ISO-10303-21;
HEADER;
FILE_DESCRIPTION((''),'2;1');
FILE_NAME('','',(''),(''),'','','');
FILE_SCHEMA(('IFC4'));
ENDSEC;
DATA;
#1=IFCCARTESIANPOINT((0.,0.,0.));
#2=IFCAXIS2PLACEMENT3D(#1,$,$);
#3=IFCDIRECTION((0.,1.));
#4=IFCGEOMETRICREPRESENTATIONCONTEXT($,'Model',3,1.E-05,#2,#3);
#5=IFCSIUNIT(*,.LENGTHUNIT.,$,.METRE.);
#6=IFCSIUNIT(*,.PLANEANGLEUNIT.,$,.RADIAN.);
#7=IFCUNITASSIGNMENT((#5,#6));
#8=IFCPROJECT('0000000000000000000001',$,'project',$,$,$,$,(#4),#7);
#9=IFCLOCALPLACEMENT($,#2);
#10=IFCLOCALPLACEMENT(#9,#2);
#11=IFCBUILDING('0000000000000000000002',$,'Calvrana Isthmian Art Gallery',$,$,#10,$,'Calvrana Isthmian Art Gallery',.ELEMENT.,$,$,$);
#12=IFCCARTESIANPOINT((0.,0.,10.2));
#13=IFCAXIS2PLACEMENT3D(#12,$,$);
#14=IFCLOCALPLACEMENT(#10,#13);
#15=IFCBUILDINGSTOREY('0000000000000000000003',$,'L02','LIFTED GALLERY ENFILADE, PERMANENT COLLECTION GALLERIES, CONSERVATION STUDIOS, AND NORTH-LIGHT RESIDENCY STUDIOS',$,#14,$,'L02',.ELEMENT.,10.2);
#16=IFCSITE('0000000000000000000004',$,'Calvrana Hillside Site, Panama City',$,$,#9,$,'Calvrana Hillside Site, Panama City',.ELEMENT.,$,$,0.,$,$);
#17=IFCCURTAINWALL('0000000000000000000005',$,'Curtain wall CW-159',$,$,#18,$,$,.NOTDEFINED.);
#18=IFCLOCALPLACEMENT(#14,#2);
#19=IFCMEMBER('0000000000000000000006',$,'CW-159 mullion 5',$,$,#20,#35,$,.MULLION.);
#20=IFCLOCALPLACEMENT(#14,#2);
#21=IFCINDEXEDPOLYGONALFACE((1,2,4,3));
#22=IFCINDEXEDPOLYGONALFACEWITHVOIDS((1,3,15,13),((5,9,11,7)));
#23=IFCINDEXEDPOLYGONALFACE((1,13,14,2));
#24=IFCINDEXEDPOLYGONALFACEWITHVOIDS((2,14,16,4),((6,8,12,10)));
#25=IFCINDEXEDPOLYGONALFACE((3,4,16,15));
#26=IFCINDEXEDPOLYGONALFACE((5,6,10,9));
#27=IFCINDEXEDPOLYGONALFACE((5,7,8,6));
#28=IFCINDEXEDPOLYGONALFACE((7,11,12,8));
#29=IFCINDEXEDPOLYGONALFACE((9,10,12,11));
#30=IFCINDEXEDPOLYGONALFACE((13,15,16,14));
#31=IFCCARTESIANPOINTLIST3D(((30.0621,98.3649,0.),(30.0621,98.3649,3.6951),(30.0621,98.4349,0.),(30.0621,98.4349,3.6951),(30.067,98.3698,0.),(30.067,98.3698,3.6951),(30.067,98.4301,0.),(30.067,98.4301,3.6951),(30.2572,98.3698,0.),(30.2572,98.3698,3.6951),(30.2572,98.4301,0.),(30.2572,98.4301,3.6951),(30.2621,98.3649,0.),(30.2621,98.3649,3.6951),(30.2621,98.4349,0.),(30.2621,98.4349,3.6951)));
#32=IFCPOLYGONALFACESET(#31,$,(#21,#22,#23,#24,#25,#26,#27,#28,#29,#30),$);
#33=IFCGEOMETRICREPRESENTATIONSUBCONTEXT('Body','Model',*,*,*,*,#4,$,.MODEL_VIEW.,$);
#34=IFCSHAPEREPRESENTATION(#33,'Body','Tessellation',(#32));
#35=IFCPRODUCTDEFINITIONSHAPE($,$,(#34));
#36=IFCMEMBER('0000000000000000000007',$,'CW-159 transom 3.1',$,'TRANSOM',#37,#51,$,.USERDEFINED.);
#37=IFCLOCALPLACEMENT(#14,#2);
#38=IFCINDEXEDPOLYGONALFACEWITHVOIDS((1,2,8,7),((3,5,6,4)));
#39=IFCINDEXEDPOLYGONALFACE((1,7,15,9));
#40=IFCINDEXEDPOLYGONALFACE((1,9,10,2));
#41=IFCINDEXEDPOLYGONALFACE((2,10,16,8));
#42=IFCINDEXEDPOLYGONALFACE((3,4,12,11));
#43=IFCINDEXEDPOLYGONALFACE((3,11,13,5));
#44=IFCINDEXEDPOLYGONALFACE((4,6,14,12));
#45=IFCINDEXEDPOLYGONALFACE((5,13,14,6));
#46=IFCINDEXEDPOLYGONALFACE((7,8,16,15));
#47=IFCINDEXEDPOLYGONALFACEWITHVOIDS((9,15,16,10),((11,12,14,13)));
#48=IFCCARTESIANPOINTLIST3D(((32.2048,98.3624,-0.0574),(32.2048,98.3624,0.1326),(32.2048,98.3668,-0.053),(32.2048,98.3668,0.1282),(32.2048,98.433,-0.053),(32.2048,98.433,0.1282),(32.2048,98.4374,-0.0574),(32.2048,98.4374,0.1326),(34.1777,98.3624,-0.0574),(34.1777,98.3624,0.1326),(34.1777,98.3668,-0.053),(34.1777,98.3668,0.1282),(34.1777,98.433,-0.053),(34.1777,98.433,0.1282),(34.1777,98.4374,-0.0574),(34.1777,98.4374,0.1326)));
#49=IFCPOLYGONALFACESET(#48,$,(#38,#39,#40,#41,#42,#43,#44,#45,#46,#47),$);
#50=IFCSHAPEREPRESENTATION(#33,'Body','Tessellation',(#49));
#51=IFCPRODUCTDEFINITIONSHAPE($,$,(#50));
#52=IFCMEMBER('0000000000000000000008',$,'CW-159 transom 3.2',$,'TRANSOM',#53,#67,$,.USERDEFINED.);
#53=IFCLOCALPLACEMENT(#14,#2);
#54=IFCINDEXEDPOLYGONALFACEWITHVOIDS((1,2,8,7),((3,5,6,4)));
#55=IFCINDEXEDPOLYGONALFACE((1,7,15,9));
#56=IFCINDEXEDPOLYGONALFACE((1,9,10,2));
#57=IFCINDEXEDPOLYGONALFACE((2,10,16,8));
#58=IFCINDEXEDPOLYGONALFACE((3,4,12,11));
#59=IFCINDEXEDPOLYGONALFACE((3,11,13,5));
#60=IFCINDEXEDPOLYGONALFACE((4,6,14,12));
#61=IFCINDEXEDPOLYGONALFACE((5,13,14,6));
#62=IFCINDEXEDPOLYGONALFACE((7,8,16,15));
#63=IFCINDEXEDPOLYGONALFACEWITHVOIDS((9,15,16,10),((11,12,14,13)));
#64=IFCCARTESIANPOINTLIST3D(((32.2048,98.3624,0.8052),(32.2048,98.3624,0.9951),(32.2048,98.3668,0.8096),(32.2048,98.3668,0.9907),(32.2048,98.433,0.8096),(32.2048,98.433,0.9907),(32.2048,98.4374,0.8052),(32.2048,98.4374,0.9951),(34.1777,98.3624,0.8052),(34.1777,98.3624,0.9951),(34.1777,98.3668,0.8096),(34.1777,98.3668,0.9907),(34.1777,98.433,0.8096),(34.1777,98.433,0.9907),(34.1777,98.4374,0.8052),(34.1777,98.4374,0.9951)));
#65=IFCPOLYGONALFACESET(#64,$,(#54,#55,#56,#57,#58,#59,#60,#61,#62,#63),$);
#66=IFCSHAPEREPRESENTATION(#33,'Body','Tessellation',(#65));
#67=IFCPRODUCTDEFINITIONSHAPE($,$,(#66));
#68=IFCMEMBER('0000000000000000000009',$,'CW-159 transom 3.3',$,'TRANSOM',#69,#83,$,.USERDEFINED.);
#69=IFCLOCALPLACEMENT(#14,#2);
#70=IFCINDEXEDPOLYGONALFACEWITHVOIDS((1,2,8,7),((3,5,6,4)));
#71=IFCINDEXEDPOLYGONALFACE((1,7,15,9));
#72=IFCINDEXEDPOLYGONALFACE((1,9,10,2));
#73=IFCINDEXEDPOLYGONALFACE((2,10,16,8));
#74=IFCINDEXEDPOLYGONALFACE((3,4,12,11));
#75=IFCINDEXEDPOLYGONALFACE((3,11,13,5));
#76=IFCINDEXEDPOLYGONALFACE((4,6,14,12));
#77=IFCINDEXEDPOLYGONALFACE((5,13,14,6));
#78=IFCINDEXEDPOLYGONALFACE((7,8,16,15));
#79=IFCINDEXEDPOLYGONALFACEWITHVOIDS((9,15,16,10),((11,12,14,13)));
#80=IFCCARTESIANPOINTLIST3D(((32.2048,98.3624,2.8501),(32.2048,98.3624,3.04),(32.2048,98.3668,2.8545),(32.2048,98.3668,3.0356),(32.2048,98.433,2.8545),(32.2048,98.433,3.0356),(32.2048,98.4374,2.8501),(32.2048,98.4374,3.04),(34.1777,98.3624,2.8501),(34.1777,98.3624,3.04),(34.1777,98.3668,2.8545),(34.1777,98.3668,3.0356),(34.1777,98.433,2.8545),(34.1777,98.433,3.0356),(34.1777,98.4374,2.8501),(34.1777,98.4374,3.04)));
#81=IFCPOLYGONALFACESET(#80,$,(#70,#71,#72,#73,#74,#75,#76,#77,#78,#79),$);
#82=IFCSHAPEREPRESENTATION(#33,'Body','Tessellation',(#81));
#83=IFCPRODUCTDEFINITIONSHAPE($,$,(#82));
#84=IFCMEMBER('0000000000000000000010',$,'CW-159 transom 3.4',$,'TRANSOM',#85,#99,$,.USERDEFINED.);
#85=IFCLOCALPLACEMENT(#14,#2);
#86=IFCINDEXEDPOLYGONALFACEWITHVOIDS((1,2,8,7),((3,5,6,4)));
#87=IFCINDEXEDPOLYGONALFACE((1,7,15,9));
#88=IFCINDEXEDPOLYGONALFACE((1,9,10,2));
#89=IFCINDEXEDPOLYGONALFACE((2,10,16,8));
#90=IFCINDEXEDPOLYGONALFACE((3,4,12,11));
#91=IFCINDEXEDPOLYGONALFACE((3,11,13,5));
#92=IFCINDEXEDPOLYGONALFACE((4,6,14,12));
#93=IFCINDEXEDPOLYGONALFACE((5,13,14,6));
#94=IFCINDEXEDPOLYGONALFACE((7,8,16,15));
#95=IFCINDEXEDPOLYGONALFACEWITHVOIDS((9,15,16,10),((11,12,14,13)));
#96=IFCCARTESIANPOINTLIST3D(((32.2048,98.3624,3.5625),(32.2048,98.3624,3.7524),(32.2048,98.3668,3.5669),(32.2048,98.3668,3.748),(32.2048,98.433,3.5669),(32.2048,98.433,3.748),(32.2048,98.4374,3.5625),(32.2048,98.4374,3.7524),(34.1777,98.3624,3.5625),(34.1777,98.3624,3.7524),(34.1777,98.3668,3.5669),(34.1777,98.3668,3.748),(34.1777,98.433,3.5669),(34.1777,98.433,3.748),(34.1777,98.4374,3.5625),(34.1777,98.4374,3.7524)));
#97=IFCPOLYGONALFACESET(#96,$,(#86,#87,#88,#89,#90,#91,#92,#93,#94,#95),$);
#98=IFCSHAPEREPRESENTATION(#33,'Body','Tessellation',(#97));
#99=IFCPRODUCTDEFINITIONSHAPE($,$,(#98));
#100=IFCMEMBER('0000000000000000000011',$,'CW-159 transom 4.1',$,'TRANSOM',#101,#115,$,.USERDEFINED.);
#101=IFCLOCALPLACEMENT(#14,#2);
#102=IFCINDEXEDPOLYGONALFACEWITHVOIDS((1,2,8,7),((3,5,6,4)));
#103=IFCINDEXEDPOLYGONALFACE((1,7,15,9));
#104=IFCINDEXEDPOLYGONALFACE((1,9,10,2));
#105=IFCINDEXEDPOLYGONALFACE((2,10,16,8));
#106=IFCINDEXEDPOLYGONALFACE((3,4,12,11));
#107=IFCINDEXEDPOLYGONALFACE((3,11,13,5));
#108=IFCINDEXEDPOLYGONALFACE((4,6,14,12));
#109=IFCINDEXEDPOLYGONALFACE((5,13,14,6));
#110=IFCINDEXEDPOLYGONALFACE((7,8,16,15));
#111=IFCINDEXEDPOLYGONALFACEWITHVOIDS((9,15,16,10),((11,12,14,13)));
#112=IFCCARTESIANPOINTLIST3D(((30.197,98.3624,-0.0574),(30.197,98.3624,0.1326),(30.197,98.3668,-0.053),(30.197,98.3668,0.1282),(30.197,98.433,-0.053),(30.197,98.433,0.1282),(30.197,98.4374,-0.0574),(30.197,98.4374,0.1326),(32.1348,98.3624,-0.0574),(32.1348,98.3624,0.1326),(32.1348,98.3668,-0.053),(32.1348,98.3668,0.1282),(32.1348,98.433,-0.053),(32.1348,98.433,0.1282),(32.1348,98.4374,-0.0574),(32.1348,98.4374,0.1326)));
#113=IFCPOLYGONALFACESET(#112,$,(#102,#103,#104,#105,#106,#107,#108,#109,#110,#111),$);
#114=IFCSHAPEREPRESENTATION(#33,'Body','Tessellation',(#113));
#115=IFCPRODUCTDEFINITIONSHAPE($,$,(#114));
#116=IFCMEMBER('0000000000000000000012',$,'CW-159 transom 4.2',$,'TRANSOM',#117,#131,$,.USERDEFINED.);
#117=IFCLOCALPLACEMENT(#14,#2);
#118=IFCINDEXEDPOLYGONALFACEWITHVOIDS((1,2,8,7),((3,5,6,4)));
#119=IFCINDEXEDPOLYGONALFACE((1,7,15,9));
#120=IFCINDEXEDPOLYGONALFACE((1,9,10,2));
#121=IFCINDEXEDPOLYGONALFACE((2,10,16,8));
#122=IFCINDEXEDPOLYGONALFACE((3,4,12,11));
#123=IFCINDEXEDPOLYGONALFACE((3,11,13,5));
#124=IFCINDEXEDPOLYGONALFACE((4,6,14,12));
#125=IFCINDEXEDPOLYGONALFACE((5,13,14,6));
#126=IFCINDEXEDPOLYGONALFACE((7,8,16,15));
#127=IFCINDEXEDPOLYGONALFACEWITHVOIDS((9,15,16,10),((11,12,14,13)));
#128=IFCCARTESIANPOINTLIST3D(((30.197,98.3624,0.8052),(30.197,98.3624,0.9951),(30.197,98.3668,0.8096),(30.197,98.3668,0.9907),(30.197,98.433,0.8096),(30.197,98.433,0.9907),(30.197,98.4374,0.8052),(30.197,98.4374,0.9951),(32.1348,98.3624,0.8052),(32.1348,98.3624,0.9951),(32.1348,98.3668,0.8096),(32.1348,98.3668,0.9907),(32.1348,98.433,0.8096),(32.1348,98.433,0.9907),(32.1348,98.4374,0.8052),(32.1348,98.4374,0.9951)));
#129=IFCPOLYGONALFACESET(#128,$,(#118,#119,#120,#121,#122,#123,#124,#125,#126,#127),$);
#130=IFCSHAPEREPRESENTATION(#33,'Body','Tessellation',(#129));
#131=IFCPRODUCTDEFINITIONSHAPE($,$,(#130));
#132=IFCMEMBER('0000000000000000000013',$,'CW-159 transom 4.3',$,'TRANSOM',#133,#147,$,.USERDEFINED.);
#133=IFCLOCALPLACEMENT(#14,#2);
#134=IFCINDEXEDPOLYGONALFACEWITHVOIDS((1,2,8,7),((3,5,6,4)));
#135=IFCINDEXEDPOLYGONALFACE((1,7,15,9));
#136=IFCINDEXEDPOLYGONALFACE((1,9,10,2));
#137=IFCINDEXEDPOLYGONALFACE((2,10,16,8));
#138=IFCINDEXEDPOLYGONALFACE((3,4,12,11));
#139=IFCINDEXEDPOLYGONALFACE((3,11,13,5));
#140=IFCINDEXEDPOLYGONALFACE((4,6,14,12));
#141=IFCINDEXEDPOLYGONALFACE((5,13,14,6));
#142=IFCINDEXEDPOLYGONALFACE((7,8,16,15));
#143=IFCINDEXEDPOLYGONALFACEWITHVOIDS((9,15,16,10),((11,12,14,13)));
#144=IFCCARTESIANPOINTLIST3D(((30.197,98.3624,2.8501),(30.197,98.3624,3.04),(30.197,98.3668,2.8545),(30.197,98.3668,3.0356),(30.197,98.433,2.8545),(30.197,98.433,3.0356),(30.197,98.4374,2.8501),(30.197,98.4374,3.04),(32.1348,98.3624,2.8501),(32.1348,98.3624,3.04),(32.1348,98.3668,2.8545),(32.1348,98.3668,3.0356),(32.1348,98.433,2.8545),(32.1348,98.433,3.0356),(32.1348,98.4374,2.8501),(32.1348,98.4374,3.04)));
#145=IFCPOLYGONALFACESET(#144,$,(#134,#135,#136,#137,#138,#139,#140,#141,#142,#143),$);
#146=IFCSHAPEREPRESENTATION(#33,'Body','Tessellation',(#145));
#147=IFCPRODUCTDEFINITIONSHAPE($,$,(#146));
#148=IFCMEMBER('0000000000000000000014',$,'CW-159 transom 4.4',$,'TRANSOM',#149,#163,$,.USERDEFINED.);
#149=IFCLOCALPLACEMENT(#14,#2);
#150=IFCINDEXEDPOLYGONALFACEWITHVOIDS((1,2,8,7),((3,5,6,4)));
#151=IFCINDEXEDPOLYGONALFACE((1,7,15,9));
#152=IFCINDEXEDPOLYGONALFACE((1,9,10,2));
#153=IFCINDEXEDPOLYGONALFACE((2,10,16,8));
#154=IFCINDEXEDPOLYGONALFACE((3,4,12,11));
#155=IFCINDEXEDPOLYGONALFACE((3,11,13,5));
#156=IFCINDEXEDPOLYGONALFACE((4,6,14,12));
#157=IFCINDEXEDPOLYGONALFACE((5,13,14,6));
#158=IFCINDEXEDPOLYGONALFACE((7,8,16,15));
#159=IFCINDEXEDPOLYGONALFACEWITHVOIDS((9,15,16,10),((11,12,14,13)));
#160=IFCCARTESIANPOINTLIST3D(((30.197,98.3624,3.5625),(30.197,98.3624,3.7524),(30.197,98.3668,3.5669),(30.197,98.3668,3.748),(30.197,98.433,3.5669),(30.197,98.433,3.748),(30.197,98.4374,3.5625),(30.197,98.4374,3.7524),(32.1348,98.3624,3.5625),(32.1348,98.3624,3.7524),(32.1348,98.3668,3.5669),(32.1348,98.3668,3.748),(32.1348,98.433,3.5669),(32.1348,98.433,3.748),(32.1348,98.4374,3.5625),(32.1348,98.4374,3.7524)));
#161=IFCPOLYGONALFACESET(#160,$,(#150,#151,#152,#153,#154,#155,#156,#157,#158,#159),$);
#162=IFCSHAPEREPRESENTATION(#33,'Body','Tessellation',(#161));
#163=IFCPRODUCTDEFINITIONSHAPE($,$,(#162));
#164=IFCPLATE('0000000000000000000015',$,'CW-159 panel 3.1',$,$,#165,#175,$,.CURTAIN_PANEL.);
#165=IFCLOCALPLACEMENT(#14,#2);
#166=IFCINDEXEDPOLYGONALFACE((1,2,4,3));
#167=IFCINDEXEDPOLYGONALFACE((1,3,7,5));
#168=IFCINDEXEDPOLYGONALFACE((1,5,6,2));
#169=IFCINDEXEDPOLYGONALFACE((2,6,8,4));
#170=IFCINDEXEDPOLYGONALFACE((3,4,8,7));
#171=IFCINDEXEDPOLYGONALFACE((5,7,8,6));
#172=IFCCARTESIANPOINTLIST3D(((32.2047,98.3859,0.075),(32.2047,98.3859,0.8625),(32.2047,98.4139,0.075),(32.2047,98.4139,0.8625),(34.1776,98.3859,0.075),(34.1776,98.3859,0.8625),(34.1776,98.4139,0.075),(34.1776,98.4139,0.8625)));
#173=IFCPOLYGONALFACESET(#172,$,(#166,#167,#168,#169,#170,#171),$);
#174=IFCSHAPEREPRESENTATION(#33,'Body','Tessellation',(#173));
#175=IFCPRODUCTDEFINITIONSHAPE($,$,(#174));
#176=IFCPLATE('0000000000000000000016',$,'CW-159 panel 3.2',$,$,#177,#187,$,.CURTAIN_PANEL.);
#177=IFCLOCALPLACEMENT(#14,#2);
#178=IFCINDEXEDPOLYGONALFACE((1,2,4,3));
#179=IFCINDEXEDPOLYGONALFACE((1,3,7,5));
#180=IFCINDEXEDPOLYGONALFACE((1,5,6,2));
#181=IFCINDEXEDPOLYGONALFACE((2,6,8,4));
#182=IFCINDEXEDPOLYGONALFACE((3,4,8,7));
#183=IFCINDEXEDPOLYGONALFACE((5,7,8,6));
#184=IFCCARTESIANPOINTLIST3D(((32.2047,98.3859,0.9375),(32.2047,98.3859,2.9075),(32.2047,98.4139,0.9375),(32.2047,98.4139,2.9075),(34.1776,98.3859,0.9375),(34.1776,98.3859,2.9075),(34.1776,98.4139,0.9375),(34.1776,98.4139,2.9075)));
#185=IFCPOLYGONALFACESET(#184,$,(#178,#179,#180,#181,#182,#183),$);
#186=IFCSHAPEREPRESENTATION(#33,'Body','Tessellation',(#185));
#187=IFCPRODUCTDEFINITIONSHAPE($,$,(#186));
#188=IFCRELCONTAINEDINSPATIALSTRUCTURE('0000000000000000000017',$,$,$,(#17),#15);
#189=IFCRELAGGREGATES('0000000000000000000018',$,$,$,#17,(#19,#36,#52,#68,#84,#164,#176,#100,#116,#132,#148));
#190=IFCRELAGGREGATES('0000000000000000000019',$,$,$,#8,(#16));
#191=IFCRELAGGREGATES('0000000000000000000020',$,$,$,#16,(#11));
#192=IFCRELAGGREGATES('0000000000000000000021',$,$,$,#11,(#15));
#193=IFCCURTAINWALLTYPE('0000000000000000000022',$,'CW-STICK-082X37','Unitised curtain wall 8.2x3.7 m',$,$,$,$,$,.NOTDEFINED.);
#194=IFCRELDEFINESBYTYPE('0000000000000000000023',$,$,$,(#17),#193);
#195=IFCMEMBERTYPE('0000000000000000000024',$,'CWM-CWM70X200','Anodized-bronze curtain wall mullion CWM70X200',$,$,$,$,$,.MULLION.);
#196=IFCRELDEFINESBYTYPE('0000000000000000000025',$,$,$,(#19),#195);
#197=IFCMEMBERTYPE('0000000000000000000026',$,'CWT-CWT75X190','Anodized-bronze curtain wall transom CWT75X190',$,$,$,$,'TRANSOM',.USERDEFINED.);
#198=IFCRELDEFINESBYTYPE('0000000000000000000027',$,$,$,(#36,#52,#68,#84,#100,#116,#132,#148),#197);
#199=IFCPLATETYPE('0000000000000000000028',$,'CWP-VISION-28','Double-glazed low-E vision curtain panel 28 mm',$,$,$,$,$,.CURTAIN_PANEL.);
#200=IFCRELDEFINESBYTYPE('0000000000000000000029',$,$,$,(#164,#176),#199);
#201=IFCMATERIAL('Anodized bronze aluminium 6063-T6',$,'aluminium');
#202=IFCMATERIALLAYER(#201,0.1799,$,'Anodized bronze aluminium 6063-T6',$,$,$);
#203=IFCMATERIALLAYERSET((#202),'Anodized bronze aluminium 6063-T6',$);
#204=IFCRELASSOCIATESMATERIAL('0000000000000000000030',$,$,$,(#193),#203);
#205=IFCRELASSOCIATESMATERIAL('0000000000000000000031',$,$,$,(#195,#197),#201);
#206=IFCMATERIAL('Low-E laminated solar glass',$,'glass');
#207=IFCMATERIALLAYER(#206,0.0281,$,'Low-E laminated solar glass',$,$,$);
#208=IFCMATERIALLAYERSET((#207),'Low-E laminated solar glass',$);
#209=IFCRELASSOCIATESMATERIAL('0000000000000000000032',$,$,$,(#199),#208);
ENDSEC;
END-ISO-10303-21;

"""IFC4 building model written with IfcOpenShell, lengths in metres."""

from ifc_helpers import new_model, si_unit, direction, frame, origin, origin_2d, place, context, subcontext, project, spatial, rectangle, hollow_rectangle, extrude, material, layer, layer_set, material_profile, profile_set, type_object, element, aggregate, save


model = new_model("IFC4")

# Units and contexts
model_context = context("Model", 3, precision=1e-05, world=origin(), true_north=direction((0.0, 1.0)))
body_context = subcontext(model_context, "Body", "Model", "MODEL_VIEW")
ifc_project = project(units=[si_unit("LENGTHUNIT", "METRE"), si_unit("PLANEANGLEUNIT", "RADIAN")], contexts=[model_context])

# Site, building, storey
site_placement = place(None, origin())
site = spatial("IfcSite", under=ifc_project, at=site_placement, Name="Calvrana Hillside Site, Panama City", LongName="Calvrana Hillside Site, Panama City", CompositionType="ELEMENT", RefElevation=0.0)
building_placement = place(site_placement, origin())
building = spatial("IfcBuilding", under=site, at=building_placement, Name="Calvrana Isthmian Art Gallery", LongName="Calvrana Isthmian Art Gallery", CompositionType="ELEMENT")
storey_placement = place(building_placement, frame((0.0, 0.0, 10.2)))
storey = spatial("IfcBuildingStorey", under=building, at=storey_placement, Name="L02", Description="LIFTED GALLERY ENFILADE, PERMANENT COLLECTION GALLERIES, CONSERVATION STUDIOS, AND NORTH-LIGHT RESIDENCY STUDIOS", LongName="L02", CompositionType="ELEMENT", Elevation=10.2)

# Curtain wall, members, plates
ifc_material_1 = material(Name="Anodized bronze aluminium 6063-T6", Category="aluminium")
ifc_layer_1 = layer(ifc_material_1, 0.1799, Name="Anodized bronze aluminium 6063-T6")
ifc_layer_set_1 = layer_set([ifc_layer_1], Name="Anodized bronze aluminium 6063-T6")
curtain_wall_type = type_object("IfcCurtainWallType", Name="CW-STICK-082X37", Description="Unitised curtain wall 8.2x3.7 m", PredefinedType="NOTDEFINED", material=ifc_layer_set_1)
curtain_wall_placement = place(storey_placement, origin())
curtain_wall = element("IfcCurtainWall", 1, at=curtain_wall_placement, inside=storey, type_object=curtain_wall_type, Name="Curtain wall CW-159", PredefinedType="NOTDEFINED")
ifc_material_profile_1 = material_profile(ifc_material_1, hollow_rectangle(XDim=0.0701, YDim=0.2, WallThickness=0.0049, at=origin_2d()), Name="CWM70X200")
ifc_profile_set_1 = profile_set([ifc_material_profile_1], Name="Anodized bronze aluminium 6063-T6")
member_type_1 = type_object("IfcMemberType", Name="CWM-CWM70X200", Description="Anodized-bronze curtain wall mullion CWM70X200", PredefinedType="MULLION", material=ifc_profile_set_1)
member_1_placement = place(storey_placement, frame((30.1621, 98.3999, 0.0), z_axis=(0.0, 0.0, 1.0), x_axis=(0.0, -1.0, 0.0)))
member_1 = element("IfcMember", 2, at=member_1_placement, type_object=member_type_1, Name="CW-159 mullion 5", PredefinedType="MULLION", context=body_context, shape_type="SweptSolid", body=[
    extrude(hollow_rectangle(XDim=0.0701, YDim=0.2, WallThickness=0.0049, at=origin_2d()), origin(), (0.0, 0.0, 1.0), 3.6951),
])
ifc_material_profile_2 = material_profile(ifc_material_1, hollow_rectangle(XDim=0.075, YDim=0.1899, WallThickness=0.0044, at=origin_2d()), Name="CWT75X190")
ifc_profile_set_2 = profile_set([ifc_material_profile_2], Name="Anodized bronze aluminium 6063-T6")
member_type_2 = type_object("IfcMemberType", Name="CWT-CWT75X190", Description="Anodized-bronze curtain wall transom CWT75X190", ElementType="TRANSOM", PredefinedType="USERDEFINED", material=ifc_profile_set_2)
member_2_placement = place(storey_placement, frame((34.1777, 98.3999, 0.0376), z_axis=(-1.0, 0.0, 0.0), x_axis=(0.0, -1.0, 0.0)))
member_2 = element("IfcMember", 3, at=member_2_placement, type_object=member_type_2, Name="CW-159 transom 3.1", ObjectType="TRANSOM", PredefinedType="USERDEFINED", context=body_context, shape_type="SweptSolid", body=[
    extrude(hollow_rectangle(XDim=0.075, YDim=0.1899, WallThickness=0.0044, at=origin_2d()), origin(), (0.0, 0.0, 1.0), 1.9729),
])
member_3_placement = place(storey_placement, frame((34.1777, 98.3999, 0.9001), z_axis=(-1.0, 0.0, 0.0), x_axis=(0.0, -1.0, 0.0)))
member_3 = element("IfcMember", 4, at=member_3_placement, type_object=member_type_2, Name="CW-159 transom 3.2", ObjectType="TRANSOM", PredefinedType="USERDEFINED", context=body_context, shape_type="SweptSolid", body=[
    extrude(hollow_rectangle(XDim=0.075, YDim=0.1899, WallThickness=0.0044, at=origin_2d()), origin(), (0.0, 0.0, 1.0), 1.9729),
])
member_4_placement = place(storey_placement, frame((34.1777, 98.3999, 2.9451), z_axis=(-1.0, 0.0, 0.0), x_axis=(0.0, -1.0, 0.0)))
member_4 = element("IfcMember", 5, at=member_4_placement, type_object=member_type_2, Name="CW-159 transom 3.3", ObjectType="TRANSOM", PredefinedType="USERDEFINED", context=body_context, shape_type="SweptSolid", body=[
    extrude(hollow_rectangle(XDim=0.075, YDim=0.1899, WallThickness=0.0044, at=origin_2d()), origin(), (0.0, 0.0, 1.0), 1.9729),
])
member_5_placement = place(storey_placement, frame((34.1777, 98.3999, 3.6575), z_axis=(-1.0, 0.0, 0.0), x_axis=(0.0, -1.0, 0.0)))
member_5 = element("IfcMember", 6, at=member_5_placement, type_object=member_type_2, Name="CW-159 transom 3.4", ObjectType="TRANSOM", PredefinedType="USERDEFINED", context=body_context, shape_type="SweptSolid", body=[
    extrude(hollow_rectangle(XDim=0.075, YDim=0.1899, WallThickness=0.0044, at=origin_2d()), origin(), (0.0, 0.0, 1.0), 1.9729),
])
member_6_placement = place(storey_placement, frame((32.1348, 98.3999, 0.0376), z_axis=(-1.0, 0.0, 0.0), x_axis=(0.0, -1.0, 0.0)))
member_6 = element("IfcMember", 7, at=member_6_placement, type_object=member_type_2, Name="CW-159 transom 4.1", ObjectType="TRANSOM", PredefinedType="USERDEFINED", context=body_context, shape_type="SweptSolid", body=[
    extrude(hollow_rectangle(XDim=0.075, YDim=0.1899, WallThickness=0.0044, at=origin_2d()), origin(), (0.0, 0.0, 1.0), 1.9377),
])
member_7_placement = place(storey_placement, frame((32.1348, 98.3999, 0.9001), z_axis=(-1.0, 0.0, 0.0), x_axis=(0.0, -1.0, 0.0)))
member_7 = element("IfcMember", 8, at=member_7_placement, type_object=member_type_2, Name="CW-159 transom 4.2", ObjectType="TRANSOM", PredefinedType="USERDEFINED", context=body_context, shape_type="SweptSolid", body=[
    extrude(hollow_rectangle(XDim=0.075, YDim=0.1899, WallThickness=0.0044, at=origin_2d()), origin(), (0.0, 0.0, 1.0), 1.9377),
])
member_8_placement = place(storey_placement, frame((32.1348, 98.3999, 2.9451), z_axis=(-1.0, 0.0, 0.0), x_axis=(0.0, -1.0, 0.0)))
member_8 = element("IfcMember", 9, at=member_8_placement, type_object=member_type_2, Name="CW-159 transom 4.3", ObjectType="TRANSOM", PredefinedType="USERDEFINED", context=body_context, shape_type="SweptSolid", body=[
    extrude(hollow_rectangle(XDim=0.075, YDim=0.1899, WallThickness=0.0044, at=origin_2d()), origin(), (0.0, 0.0, 1.0), 1.9377),
])
member_9_placement = place(storey_placement, frame((32.1348, 98.3999, 3.6575), z_axis=(-1.0, 0.0, 0.0), x_axis=(0.0, -1.0, 0.0)))
member_9 = element("IfcMember", 10, at=member_9_placement, type_object=member_type_2, Name="CW-159 transom 4.4", ObjectType="TRANSOM", PredefinedType="USERDEFINED", context=body_context, shape_type="SweptSolid", body=[
    extrude(hollow_rectangle(XDim=0.075, YDim=0.1899, WallThickness=0.0044, at=origin_2d()), origin(), (0.0, 0.0, 1.0), 1.9377),
])
ifc_material_2 = material(Name="Low-E laminated solar glass", Category="glass")
ifc_layer_2 = layer(ifc_material_2, 0.0281, Name="Low-E laminated solar glass")
ifc_layer_set_2 = layer_set([ifc_layer_2], Name="Low-E laminated solar glass")
plate_type_1 = type_object("IfcPlateType", Name="CWP-VISION-28", Description="Double-glazed low-E vision curtain panel 28 mm", PredefinedType="CURTAIN_PANEL", material=ifc_layer_set_2)
plate_1_placement = place(storey_placement, frame((33.1912, 98.3999, 0.075), z_axis=(0.0, 0.0, 1.0), x_axis=(-1.0, 0.0, 0.0)))
plate_1 = element("IfcPlate", 11, at=plate_1_placement, type_object=plate_type_1, Name="CW-159 panel 3.1", PredefinedType="CURTAIN_PANEL", context=body_context, shape_type="SweptSolid", body=[
    extrude(rectangle(XDim=1.9729, YDim=0.0281, at=origin_2d()), origin(), (0.0, 0.0, 1.0), 0.7876),
])
plate_2_placement = place(storey_placement, frame((33.1912, 98.3999, 0.9375), z_axis=(0.0, 0.0, 1.0), x_axis=(-1.0, 0.0, 0.0)))
plate_2 = element("IfcPlate", 12, at=plate_2_placement, type_object=plate_type_1, Name="CW-159 panel 3.2", PredefinedType="CURTAIN_PANEL", context=body_context, shape_type="SweptSolid", body=[
    extrude(rectangle(XDim=1.9729, YDim=0.0281, at=origin_2d()), origin(), (0.0, 0.0, 1.0), 1.97),
])
aggregate(curtain_wall, [member_1, member_2, member_3, member_4, member_5, plate_1, plate_2, member_6, member_7, member_8, member_9])

save(model, "model.ifc")
